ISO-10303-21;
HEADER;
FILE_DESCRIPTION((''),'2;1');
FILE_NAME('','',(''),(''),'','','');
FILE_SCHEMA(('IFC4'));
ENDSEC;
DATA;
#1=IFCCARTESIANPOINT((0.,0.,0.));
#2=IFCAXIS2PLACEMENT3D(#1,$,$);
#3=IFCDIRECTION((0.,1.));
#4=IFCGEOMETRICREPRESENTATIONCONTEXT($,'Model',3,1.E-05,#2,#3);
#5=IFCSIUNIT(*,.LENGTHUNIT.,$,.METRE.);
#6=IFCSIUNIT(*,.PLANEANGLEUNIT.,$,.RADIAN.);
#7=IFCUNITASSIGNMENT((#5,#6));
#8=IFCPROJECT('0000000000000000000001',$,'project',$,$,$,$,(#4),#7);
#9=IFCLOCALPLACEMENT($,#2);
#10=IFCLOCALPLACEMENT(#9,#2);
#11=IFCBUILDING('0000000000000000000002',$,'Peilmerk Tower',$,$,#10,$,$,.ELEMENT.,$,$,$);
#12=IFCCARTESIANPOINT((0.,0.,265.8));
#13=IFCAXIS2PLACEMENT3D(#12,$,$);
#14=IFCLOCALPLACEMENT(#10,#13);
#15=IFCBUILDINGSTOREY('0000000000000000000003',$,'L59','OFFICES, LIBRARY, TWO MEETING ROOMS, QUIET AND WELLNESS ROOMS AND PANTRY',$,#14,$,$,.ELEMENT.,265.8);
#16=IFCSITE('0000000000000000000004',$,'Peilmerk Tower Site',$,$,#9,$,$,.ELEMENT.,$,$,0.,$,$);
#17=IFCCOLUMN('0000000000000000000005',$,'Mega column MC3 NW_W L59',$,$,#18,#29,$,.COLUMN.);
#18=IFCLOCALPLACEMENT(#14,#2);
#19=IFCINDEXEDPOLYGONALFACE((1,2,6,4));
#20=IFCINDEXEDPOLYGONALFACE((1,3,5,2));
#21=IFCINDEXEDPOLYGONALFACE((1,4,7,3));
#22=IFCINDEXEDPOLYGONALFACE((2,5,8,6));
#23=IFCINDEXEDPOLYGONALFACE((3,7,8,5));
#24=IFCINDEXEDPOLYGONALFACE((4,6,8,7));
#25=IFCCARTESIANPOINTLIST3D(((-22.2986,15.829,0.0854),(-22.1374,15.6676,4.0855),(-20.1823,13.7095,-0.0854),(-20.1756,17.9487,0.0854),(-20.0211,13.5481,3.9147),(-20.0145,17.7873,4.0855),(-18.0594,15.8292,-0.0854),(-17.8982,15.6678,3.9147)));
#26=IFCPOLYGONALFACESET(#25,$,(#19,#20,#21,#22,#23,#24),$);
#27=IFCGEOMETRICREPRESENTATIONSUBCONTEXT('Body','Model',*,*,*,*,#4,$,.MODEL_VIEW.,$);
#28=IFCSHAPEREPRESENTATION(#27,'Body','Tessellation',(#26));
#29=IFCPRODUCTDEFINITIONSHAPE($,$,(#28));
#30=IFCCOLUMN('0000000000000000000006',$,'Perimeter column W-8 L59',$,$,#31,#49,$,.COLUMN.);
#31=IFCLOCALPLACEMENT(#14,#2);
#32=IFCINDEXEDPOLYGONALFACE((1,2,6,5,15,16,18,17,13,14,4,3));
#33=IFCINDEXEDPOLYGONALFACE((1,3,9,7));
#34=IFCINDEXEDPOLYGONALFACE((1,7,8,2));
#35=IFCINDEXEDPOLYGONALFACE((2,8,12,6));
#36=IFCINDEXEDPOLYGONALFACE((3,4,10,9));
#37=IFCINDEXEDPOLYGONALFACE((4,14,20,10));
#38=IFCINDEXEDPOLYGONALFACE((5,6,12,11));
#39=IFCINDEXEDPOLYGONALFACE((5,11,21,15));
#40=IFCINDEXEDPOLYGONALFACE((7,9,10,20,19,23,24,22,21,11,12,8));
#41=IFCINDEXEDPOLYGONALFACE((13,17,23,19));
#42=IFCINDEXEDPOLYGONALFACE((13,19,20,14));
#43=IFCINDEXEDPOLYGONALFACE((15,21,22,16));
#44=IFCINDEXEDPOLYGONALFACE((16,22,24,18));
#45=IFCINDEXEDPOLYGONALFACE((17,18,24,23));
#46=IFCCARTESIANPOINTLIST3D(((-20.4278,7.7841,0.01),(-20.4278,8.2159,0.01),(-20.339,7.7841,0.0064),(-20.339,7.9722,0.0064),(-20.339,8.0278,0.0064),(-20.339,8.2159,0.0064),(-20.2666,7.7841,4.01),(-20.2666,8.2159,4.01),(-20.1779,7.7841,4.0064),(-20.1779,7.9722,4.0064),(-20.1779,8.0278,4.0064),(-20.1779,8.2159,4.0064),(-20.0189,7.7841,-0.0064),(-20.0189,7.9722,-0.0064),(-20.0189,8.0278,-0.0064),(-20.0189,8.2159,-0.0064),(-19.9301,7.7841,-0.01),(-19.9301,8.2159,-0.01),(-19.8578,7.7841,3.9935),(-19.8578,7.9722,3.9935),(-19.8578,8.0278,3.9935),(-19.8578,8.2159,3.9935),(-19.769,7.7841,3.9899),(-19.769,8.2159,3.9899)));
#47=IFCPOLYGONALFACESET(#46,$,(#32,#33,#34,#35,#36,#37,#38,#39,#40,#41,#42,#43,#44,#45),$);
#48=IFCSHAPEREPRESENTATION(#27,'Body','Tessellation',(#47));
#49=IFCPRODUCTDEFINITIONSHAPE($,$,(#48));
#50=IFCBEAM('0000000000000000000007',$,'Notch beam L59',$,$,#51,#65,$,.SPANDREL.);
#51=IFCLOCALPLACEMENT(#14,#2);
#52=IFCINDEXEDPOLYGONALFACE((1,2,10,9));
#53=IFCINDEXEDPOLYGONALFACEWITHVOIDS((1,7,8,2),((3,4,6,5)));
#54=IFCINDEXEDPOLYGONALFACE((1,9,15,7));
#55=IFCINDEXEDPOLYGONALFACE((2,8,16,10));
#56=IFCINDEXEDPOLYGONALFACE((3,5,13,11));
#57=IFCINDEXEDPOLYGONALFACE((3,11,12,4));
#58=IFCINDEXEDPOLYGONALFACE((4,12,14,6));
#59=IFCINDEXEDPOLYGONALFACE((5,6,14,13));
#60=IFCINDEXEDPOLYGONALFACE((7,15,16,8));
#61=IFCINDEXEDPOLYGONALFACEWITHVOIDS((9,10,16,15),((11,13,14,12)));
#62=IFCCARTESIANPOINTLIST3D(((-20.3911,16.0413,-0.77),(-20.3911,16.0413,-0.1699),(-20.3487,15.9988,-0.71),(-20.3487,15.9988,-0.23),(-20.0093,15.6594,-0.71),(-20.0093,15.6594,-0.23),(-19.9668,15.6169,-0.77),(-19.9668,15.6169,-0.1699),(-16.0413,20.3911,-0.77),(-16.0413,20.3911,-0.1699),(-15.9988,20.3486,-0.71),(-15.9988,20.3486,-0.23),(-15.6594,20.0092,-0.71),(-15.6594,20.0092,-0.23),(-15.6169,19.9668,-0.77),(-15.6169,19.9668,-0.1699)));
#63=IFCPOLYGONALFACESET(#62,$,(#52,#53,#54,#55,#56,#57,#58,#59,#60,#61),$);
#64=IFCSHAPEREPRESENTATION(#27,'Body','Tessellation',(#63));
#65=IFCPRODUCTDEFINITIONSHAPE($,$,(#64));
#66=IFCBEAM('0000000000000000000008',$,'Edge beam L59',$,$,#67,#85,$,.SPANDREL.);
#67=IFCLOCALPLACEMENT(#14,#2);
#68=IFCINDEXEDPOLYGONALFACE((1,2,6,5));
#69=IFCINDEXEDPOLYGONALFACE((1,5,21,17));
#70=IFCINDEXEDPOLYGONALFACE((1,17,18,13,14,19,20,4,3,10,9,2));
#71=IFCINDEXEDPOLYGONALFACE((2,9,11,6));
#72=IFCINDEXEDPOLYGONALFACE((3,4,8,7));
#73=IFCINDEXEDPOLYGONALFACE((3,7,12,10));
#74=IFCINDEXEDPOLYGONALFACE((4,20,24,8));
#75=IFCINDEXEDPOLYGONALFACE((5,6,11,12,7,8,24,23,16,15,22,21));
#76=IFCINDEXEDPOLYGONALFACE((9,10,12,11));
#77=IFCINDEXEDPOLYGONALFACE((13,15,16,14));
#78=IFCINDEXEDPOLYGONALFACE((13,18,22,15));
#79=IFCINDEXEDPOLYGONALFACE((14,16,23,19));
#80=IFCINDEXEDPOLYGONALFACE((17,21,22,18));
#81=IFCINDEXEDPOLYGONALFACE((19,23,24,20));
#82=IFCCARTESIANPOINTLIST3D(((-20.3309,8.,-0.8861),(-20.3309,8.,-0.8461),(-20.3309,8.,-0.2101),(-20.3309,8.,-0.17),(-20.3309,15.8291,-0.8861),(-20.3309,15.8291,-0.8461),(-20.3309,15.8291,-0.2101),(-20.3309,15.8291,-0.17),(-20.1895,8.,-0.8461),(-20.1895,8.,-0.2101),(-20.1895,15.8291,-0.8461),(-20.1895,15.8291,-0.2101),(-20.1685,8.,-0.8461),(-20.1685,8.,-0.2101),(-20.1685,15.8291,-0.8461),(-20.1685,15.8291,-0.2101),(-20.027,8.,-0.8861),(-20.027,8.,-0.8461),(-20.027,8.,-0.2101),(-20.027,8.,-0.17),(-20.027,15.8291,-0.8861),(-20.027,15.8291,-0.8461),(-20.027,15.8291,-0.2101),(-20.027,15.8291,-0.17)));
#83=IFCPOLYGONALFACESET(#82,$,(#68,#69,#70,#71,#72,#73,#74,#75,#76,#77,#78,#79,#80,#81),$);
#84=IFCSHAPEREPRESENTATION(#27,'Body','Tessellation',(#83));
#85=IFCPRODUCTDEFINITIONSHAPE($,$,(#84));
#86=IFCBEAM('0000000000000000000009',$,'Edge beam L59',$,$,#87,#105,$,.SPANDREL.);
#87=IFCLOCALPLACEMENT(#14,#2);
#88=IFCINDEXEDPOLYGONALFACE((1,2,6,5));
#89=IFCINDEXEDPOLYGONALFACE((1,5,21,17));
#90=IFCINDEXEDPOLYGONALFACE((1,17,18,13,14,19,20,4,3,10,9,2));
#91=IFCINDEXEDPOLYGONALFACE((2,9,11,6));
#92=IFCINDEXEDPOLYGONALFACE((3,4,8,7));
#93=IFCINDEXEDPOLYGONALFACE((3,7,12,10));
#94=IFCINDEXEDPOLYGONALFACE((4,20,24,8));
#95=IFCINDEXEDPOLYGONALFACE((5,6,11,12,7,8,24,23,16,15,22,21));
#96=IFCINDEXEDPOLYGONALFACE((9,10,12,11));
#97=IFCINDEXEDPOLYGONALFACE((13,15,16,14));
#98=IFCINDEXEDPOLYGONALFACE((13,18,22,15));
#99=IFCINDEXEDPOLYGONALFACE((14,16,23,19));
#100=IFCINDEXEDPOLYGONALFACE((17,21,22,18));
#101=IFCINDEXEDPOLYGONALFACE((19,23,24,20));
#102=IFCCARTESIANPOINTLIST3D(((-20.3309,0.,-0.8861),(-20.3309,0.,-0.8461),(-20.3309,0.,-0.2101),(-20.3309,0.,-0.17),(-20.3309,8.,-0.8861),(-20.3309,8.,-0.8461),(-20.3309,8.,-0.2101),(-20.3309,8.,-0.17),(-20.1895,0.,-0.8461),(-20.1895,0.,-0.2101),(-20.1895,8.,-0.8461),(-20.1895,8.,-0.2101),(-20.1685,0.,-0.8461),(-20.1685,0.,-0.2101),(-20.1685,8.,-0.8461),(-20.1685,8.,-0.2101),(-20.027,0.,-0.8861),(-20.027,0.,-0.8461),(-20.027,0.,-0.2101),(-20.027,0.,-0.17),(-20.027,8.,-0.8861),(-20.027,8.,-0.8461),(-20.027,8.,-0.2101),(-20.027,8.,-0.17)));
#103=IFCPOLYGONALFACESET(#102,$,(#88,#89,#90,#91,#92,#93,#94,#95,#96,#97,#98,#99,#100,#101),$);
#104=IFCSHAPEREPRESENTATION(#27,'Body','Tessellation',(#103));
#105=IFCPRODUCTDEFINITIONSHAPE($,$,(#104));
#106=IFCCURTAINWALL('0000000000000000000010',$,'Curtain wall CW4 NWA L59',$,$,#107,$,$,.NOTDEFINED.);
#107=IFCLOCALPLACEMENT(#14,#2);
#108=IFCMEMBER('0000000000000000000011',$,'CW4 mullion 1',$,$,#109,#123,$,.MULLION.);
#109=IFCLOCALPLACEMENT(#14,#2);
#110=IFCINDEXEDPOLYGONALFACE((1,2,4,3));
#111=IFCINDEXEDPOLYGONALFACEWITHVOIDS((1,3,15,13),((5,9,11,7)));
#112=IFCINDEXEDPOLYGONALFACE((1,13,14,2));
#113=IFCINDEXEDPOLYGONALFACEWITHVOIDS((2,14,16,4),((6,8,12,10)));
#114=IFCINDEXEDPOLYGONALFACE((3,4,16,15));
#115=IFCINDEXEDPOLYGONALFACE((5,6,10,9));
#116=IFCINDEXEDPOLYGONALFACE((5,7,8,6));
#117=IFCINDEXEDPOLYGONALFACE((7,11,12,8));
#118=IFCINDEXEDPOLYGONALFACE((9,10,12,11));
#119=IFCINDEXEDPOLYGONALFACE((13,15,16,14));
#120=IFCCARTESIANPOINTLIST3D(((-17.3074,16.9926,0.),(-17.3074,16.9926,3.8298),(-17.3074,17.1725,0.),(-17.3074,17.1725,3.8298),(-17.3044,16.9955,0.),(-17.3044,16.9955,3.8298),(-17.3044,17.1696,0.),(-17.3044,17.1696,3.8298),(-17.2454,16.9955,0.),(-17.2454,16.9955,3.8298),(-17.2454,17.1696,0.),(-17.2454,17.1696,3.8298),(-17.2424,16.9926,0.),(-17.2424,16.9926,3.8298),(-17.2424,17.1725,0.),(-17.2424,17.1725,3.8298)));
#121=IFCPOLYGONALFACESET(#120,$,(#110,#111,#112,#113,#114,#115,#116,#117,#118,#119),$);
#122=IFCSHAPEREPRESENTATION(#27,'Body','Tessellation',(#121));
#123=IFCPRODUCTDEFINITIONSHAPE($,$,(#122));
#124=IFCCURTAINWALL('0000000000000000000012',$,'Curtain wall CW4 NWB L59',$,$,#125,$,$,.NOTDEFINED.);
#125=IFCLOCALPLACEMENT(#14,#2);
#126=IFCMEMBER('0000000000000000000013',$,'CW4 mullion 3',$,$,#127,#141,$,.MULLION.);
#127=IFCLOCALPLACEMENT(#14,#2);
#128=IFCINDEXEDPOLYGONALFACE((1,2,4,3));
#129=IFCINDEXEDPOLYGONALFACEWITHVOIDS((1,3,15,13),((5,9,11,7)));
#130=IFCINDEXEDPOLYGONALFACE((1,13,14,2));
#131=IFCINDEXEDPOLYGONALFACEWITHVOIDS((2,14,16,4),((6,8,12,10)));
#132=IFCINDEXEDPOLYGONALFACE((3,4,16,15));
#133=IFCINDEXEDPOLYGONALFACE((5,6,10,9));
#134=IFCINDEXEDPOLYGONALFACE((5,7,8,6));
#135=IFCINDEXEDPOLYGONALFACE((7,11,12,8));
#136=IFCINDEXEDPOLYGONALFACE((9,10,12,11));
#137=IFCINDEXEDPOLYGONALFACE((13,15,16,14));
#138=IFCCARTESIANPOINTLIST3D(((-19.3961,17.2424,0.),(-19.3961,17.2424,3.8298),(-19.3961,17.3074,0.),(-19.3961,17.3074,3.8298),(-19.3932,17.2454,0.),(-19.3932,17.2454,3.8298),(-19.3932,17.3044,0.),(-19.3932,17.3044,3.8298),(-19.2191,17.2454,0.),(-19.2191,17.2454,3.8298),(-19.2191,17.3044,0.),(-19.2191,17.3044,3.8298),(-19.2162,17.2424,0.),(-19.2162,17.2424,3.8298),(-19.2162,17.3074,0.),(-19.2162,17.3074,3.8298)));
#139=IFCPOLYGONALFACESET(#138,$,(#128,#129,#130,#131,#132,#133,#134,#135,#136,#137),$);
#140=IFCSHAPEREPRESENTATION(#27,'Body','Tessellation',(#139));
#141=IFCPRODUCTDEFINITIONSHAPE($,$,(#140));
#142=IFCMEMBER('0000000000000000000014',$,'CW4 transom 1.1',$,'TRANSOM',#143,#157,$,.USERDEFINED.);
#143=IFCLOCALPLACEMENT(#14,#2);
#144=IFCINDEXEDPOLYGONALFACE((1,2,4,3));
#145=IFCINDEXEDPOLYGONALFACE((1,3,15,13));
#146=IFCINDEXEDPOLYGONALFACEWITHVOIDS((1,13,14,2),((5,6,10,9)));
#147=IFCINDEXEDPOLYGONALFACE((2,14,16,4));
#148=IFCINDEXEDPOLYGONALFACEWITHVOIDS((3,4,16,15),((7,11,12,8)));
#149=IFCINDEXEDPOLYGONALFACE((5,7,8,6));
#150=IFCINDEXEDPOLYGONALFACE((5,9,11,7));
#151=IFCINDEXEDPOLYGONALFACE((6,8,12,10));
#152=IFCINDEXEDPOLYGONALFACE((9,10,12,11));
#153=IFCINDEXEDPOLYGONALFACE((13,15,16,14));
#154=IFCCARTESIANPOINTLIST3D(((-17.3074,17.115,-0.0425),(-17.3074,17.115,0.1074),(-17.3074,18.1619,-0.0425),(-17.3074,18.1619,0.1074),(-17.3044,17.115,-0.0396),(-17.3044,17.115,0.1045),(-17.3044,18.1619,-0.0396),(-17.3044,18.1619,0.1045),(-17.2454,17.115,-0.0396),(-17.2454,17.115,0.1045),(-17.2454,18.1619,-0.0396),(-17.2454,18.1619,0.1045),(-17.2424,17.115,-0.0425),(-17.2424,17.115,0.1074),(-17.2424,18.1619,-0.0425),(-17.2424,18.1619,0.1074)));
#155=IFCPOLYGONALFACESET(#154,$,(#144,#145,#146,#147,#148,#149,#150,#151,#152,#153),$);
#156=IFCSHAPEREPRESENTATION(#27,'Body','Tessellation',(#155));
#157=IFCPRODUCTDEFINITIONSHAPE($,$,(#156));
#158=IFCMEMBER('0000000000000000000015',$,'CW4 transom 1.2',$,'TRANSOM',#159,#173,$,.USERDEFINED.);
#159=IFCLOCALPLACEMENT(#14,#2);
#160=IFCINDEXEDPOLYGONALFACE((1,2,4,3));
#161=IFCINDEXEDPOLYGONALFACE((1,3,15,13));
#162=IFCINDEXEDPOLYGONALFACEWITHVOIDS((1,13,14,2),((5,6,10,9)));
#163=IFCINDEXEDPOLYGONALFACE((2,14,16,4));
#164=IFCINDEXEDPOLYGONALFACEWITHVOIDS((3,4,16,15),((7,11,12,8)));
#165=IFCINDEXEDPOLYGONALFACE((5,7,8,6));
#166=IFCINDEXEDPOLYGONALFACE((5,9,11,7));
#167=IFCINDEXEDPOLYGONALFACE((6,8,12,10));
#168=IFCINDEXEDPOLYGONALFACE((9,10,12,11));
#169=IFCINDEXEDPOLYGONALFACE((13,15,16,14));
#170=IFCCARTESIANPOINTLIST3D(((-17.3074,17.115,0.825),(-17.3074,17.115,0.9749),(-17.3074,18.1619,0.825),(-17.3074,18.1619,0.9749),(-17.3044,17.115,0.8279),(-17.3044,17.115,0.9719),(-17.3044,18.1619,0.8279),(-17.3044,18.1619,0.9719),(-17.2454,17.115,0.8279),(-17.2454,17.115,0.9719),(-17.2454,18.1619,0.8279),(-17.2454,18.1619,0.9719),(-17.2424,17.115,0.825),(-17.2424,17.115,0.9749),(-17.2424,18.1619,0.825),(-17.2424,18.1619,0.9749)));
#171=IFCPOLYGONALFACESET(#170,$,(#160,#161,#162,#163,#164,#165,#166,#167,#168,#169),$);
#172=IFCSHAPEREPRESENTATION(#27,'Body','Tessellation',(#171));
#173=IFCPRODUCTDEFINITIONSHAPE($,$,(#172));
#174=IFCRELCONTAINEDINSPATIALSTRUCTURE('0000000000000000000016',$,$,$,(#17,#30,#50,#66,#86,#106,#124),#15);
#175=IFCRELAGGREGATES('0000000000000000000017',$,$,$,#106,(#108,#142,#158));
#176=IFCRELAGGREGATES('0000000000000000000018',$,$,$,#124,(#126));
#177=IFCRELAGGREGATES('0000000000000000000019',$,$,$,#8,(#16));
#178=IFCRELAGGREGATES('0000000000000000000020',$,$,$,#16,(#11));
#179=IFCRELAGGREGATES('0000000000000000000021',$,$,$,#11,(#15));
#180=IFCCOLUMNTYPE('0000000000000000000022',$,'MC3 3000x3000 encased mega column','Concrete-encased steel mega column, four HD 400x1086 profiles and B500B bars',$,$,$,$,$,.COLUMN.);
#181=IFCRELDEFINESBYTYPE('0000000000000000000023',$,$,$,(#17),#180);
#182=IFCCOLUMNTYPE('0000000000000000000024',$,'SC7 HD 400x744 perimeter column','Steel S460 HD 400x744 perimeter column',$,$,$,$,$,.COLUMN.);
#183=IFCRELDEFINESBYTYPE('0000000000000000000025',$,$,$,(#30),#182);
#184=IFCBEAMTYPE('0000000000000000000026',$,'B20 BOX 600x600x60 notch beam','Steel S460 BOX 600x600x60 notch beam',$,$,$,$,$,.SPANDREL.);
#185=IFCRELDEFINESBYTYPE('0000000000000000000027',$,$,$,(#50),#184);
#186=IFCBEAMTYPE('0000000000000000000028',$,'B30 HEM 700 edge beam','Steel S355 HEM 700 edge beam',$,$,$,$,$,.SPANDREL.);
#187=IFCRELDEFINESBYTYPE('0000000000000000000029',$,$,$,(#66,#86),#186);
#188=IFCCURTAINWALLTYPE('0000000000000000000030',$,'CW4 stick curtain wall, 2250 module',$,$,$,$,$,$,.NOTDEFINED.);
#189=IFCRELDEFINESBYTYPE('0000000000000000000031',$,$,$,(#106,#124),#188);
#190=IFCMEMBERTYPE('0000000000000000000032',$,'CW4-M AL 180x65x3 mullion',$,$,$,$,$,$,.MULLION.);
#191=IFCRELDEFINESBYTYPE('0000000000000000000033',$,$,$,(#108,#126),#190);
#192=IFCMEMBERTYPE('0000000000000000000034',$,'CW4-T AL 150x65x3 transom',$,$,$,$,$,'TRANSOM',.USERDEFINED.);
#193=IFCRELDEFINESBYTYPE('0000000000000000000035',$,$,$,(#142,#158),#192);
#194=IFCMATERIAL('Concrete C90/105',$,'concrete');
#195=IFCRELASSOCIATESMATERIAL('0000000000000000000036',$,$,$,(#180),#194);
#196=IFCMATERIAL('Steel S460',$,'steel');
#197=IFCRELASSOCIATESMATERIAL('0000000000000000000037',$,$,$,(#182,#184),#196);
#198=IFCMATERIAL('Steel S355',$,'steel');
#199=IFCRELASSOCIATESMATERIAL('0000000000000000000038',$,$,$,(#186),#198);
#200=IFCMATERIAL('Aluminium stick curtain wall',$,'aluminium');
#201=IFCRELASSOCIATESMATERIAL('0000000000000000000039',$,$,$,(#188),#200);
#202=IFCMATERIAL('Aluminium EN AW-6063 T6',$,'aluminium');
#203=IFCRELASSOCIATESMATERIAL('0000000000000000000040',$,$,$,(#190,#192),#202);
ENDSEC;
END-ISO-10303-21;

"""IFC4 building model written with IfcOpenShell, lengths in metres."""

from ifc_helpers import new_model, si_unit, direction, frame, origin, origin_2d, place, context, subcontext, project, spatial, rectangle, hollow_rectangle, i_section, extrude, material, material_profile, profile_set, type_object, element, aggregate, save


model = new_model("IFC4")

# Units and contexts
model_context = context("Model", 3, precision=1e-05, world=origin(), true_north=direction((0.0, 1.0)))
body_context = subcontext(model_context, "Body", "Model", "MODEL_VIEW")
ifc_project = project(units=[si_unit("LENGTHUNIT", "METRE"), si_unit("PLANEANGLEUNIT", "RADIAN")], contexts=[model_context])

# Site, building, storey
site_placement = place(None, origin())
site = spatial("IfcSite", under=ifc_project, at=site_placement, Name="Peilmerk Tower Site", CompositionType="ELEMENT", RefElevation=0.0)
building_placement = place(site_placement, origin())
building = spatial("IfcBuilding", under=site, at=building_placement, Name="Peilmerk Tower", CompositionType="ELEMENT")
storey_placement = place(building_placement, frame((0.0, 0.0, 265.8)))
storey = spatial("IfcBuildingStorey", under=building, at=storey_placement, Name="L59", Description="OFFICES, LIBRARY, TWO MEETING ROOMS, QUIET AND WELLNESS ROOMS AND PANTRY", CompositionType="ELEMENT", Elevation=265.8)

# Columns
ifc_material_1 = material(Name="Concrete C90/105", Category="concrete")
ifc_material_profile_1 = material_profile(ifc_material_1, rectangle(XDim=3.0, YDim=3.0, at=origin_2d()), Name="RC 3000x3000")
ifc_profile_set_1 = profile_set([ifc_material_profile_1], Name="Concrete C90/105")
column_type_1 = type_object("IfcColumnType", Name="MC3 3000x3000 encased mega column", Description="Concrete-encased steel mega column, four HD 400x1086 profiles and B500B bars", PredefinedType="COLUMN", material=ifc_profile_set_1)
column_1_placement = place(storey_placement, frame((-20.179, 15.8291, 0.0), z_axis=(0.040218, -0.040279, 0.998379), x_axis=(0.707642, 0.706571, 0.0)))
element("IfcColumn", 1, at=column_1_placement, inside=storey, type_object=column_type_1, Name="Mega column MC3 NW_W L59", PredefinedType="COLUMN", context=body_context, shape_type="SweptSolid", body=[
    extrude(rectangle(XDim=3.0, YDim=3.0, at=origin_2d()), origin(), (0.0, 0.0, 1.0), 4.0066),
])
ifc_material_2 = material(Name="Steel S460", Category="steel")
ifc_material_profile_2 = material_profile(ifc_material_2, i_section(OverallWidth=0.4319, OverallDepth=0.498, WebThickness=0.0557, FlangeThickness=0.0889, at=origin_2d()), Name="HD 400x744")
ifc_profile_set_2 = profile_set([ifc_material_profile_2], Name="Steel S460")
column_type_2 = type_object("IfcColumnType", Name="SC7 HD 400x744 perimeter column", Description="Steel S460 HD 400x744 perimeter column", PredefinedType="COLUMN", material=ifc_profile_set_2)
column_2_placement = place(storey_placement, frame((-20.179, 8.0, 0.0), z_axis=(0.040251, 0.0, 0.99919), x_axis=(0.0, 1.0, 0.0)))
element("IfcColumn", 2, at=column_2_placement, inside=storey, type_object=column_type_2, Name="Perimeter column W-8 L59", PredefinedType="COLUMN", context=body_context, shape_type="SweptSolid", body=[
    extrude(i_section(OverallWidth=0.4319, OverallDepth=0.498, WebThickness=0.0557, FlangeThickness=0.0889, at=origin_2d()), origin(), (0.0, 0.0, 1.0), 4.0032),
])

# Beams
ifc_material_profile_3 = material_profile(ifc_material_2, hollow_rectangle(XDim=0.6001, YDim=0.6001, WallThickness=0.0601, at=origin_2d()), Name="BOX 600x600x60")
ifc_profile_set_3 = profile_set([ifc_material_profile_3], Name="Steel S460")
beam_type_1 = type_object("IfcBeamType", Name="B20 BOX 600x600x60 notch beam", Description="Steel S460 BOX 600x600x60 notch beam", PredefinedType="SPANDREL", material=ifc_profile_set_3)
beam_1_placement = place(storey_placement, frame((-20.179, 15.8291, -0.47), z_axis=(0.707107, 0.707107, 0.0), x_axis=(-0.707107, 0.707107, 0.0)))
element("IfcBeam", 3, at=beam_1_placement, inside=storey, type_object=beam_type_1, Name="Notch beam L59", PredefinedType="SPANDREL", context=body_context, shape_type="SweptSolid", body=[
    extrude(hollow_rectangle(XDim=0.6001, YDim=0.6001, WallThickness=0.0601, at=origin_2d()), origin(), (0.0, 0.0, 1.0), 6.1516),
])
ifc_material_3 = material(Name="Steel S355", Category="steel")
ifc_material_profile_4 = material_profile(ifc_material_3, i_section(OverallWidth=0.304, OverallDepth=0.7161, WebThickness=0.021, FlangeThickness=0.04, at=origin_2d()), Name="HEM 700")
ifc_profile_set_4 = profile_set([ifc_material_profile_4], Name="Steel S355")
beam_type_2 = type_object("IfcBeamType", Name="B30 HEM 700 edge beam", Description="Steel S355 HEM 700 edge beam", PredefinedType="SPANDREL", material=ifc_profile_set_4)
beam_2_placement = place(storey_placement, frame((-20.179, 15.8291, -0.5281), z_axis=(0.0, -1.0, 0.0), x_axis=(1.0, 0.0, 0.0)))
element("IfcBeam", 4, at=beam_2_placement, inside=storey, type_object=beam_type_2, Name="Edge beam L59", PredefinedType="SPANDREL", context=body_context, shape_type="SweptSolid", body=[
    extrude(i_section(OverallWidth=0.304, OverallDepth=0.7161, WebThickness=0.021, FlangeThickness=0.04, at=origin_2d()), origin(), (0.0, 0.0, 1.0), 7.8291),
])
beam_3_placement = place(storey_placement, frame((-20.179, 8.0, -0.5281), z_axis=(0.0, -1.0, 0.0), x_axis=(1.0, 0.0, 0.0)))
element("IfcBeam", 5, at=beam_3_placement, inside=storey, type_object=beam_type_2, Name="Edge beam L59", PredefinedType="SPANDREL", context=body_context, shape_type="SweptSolid", body=[
    extrude(i_section(OverallWidth=0.304, OverallDepth=0.7161, WebThickness=0.021, FlangeThickness=0.04, at=origin_2d()), origin(), (0.0, 0.0, 1.0), 8.0),
])

# Curtain walls, members
ifc_material_4 = material(Name="Aluminium stick curtain wall", Category="aluminium")
curtain_wall_type = type_object("IfcCurtainWallType", Name="CW4 stick curtain wall, 2250 module", PredefinedType="NOTDEFINED", material=ifc_material_4)
curtain_wall_1_placement = place(storey_placement, origin())
curtain_wall_1 = element("IfcCurtainWall", 6, at=curtain_wall_1_placement, inside=storey, type_object=curtain_wall_type, Name="Curtain wall CW4 NWA L59", PredefinedType="NOTDEFINED")
ifc_material_5 = material(Name="Aluminium EN AW-6063 T6", Category="aluminium")
ifc_material_profile_5 = material_profile(ifc_material_5, hollow_rectangle(XDim=0.0649, YDim=0.1799, WallThickness=0.0029, at=origin_2d()), Name="AL 180x65x3")
ifc_profile_set_5 = profile_set([ifc_material_profile_5], Name="Aluminium EN AW-6063 T6")
member_type_1 = type_object("IfcMemberType", Name="CW4-M AL 180x65x3 mullion", PredefinedType="MULLION", material=ifc_profile_set_5)
member_1_placement = place(storey_placement, frame((-17.2749, 17.0825, 0.0), z_axis=(0.0, 0.0, 1.0), x_axis=(-1.0, 0.0, 0.0)))
member_1 = element("IfcMember", 7, at=member_1_placement, type_object=member_type_1, Name="CW4 mullion 1", PredefinedType="MULLION", context=body_context, shape_type="SweptSolid", body=[
    extrude(hollow_rectangle(XDim=0.0649, YDim=0.1799, WallThickness=0.0029, at=origin_2d()), origin(), (0.0, 0.0, 1.0), 3.8298),
])
curtain_wall_2_placement = place(storey_placement, origin())
curtain_wall_2 = element("IfcCurtainWall", 8, at=curtain_wall_2_placement, inside=storey, type_object=curtain_wall_type, Name="Curtain wall CW4 NWB L59", PredefinedType="NOTDEFINED")
member_2_placement = place(storey_placement, frame((-19.3062, 17.2749, 0.0), z_axis=(0.0, 0.0, 1.0), x_axis=(0.0, -1.0, 0.0)))
member_2 = element("IfcMember", 9, at=member_2_placement, type_object=member_type_1, Name="CW4 mullion 3", PredefinedType="MULLION", context=body_context, shape_type="SweptSolid", body=[
    extrude(hollow_rectangle(XDim=0.0649, YDim=0.1799, WallThickness=0.0029, at=origin_2d()), origin(), (0.0, 0.0, 1.0), 3.8298),
])

# Members
ifc_material_profile_6 = material_profile(ifc_material_5, hollow_rectangle(XDim=0.0649, YDim=0.1499, WallThickness=0.0029, at=origin_2d()), Name="AL 150x65x3")
ifc_profile_set_6 = profile_set([ifc_material_profile_6], Name="Aluminium EN AW-6063 T6")
member_type_2 = type_object("IfcMemberType", Name="CW4-T AL 150x65x3 transom", ElementType="TRANSOM", PredefinedType="USERDEFINED", material=ifc_profile_set_6)
member_3_placement = place(storey_placement, frame((-17.2749, 17.115, 0.0325), z_axis=(0.0, 1.0, 0.0), x_axis=(-1.0, 0.0, 0.0)))
member_3 = element("IfcMember", 10, at=member_3_placement, type_object=member_type_2, Name="CW4 transom 1.1", ObjectType="TRANSOM", PredefinedType="USERDEFINED", context=body_context, shape_type="SweptSolid", body=[
    extrude(hollow_rectangle(XDim=0.0649, YDim=0.1499, WallThickness=0.0029, at=origin_2d()), origin(), (0.0, 0.0, 1.0), 1.0469),
])
member_4_placement = place(storey_placement, frame((-17.2749, 17.115, 0.8999), z_axis=(0.0, 1.0, 0.0), x_axis=(-1.0, 0.0, 0.0)))
member_4 = element("IfcMember", 11, at=member_4_placement, type_object=member_type_2, Name="CW4 transom 1.2", ObjectType="TRANSOM", PredefinedType="USERDEFINED", context=body_context, shape_type="SweptSolid", body=[
    extrude(hollow_rectangle(XDim=0.0649, YDim=0.1499, WallThickness=0.0029, at=origin_2d()), origin(), (0.0, 0.0, 1.0), 1.0469),
])
aggregate(curtain_wall_1, [member_1, member_3, member_4])

aggregate(curtain_wall_2, [member_2])

save(model, "model.ifc")
